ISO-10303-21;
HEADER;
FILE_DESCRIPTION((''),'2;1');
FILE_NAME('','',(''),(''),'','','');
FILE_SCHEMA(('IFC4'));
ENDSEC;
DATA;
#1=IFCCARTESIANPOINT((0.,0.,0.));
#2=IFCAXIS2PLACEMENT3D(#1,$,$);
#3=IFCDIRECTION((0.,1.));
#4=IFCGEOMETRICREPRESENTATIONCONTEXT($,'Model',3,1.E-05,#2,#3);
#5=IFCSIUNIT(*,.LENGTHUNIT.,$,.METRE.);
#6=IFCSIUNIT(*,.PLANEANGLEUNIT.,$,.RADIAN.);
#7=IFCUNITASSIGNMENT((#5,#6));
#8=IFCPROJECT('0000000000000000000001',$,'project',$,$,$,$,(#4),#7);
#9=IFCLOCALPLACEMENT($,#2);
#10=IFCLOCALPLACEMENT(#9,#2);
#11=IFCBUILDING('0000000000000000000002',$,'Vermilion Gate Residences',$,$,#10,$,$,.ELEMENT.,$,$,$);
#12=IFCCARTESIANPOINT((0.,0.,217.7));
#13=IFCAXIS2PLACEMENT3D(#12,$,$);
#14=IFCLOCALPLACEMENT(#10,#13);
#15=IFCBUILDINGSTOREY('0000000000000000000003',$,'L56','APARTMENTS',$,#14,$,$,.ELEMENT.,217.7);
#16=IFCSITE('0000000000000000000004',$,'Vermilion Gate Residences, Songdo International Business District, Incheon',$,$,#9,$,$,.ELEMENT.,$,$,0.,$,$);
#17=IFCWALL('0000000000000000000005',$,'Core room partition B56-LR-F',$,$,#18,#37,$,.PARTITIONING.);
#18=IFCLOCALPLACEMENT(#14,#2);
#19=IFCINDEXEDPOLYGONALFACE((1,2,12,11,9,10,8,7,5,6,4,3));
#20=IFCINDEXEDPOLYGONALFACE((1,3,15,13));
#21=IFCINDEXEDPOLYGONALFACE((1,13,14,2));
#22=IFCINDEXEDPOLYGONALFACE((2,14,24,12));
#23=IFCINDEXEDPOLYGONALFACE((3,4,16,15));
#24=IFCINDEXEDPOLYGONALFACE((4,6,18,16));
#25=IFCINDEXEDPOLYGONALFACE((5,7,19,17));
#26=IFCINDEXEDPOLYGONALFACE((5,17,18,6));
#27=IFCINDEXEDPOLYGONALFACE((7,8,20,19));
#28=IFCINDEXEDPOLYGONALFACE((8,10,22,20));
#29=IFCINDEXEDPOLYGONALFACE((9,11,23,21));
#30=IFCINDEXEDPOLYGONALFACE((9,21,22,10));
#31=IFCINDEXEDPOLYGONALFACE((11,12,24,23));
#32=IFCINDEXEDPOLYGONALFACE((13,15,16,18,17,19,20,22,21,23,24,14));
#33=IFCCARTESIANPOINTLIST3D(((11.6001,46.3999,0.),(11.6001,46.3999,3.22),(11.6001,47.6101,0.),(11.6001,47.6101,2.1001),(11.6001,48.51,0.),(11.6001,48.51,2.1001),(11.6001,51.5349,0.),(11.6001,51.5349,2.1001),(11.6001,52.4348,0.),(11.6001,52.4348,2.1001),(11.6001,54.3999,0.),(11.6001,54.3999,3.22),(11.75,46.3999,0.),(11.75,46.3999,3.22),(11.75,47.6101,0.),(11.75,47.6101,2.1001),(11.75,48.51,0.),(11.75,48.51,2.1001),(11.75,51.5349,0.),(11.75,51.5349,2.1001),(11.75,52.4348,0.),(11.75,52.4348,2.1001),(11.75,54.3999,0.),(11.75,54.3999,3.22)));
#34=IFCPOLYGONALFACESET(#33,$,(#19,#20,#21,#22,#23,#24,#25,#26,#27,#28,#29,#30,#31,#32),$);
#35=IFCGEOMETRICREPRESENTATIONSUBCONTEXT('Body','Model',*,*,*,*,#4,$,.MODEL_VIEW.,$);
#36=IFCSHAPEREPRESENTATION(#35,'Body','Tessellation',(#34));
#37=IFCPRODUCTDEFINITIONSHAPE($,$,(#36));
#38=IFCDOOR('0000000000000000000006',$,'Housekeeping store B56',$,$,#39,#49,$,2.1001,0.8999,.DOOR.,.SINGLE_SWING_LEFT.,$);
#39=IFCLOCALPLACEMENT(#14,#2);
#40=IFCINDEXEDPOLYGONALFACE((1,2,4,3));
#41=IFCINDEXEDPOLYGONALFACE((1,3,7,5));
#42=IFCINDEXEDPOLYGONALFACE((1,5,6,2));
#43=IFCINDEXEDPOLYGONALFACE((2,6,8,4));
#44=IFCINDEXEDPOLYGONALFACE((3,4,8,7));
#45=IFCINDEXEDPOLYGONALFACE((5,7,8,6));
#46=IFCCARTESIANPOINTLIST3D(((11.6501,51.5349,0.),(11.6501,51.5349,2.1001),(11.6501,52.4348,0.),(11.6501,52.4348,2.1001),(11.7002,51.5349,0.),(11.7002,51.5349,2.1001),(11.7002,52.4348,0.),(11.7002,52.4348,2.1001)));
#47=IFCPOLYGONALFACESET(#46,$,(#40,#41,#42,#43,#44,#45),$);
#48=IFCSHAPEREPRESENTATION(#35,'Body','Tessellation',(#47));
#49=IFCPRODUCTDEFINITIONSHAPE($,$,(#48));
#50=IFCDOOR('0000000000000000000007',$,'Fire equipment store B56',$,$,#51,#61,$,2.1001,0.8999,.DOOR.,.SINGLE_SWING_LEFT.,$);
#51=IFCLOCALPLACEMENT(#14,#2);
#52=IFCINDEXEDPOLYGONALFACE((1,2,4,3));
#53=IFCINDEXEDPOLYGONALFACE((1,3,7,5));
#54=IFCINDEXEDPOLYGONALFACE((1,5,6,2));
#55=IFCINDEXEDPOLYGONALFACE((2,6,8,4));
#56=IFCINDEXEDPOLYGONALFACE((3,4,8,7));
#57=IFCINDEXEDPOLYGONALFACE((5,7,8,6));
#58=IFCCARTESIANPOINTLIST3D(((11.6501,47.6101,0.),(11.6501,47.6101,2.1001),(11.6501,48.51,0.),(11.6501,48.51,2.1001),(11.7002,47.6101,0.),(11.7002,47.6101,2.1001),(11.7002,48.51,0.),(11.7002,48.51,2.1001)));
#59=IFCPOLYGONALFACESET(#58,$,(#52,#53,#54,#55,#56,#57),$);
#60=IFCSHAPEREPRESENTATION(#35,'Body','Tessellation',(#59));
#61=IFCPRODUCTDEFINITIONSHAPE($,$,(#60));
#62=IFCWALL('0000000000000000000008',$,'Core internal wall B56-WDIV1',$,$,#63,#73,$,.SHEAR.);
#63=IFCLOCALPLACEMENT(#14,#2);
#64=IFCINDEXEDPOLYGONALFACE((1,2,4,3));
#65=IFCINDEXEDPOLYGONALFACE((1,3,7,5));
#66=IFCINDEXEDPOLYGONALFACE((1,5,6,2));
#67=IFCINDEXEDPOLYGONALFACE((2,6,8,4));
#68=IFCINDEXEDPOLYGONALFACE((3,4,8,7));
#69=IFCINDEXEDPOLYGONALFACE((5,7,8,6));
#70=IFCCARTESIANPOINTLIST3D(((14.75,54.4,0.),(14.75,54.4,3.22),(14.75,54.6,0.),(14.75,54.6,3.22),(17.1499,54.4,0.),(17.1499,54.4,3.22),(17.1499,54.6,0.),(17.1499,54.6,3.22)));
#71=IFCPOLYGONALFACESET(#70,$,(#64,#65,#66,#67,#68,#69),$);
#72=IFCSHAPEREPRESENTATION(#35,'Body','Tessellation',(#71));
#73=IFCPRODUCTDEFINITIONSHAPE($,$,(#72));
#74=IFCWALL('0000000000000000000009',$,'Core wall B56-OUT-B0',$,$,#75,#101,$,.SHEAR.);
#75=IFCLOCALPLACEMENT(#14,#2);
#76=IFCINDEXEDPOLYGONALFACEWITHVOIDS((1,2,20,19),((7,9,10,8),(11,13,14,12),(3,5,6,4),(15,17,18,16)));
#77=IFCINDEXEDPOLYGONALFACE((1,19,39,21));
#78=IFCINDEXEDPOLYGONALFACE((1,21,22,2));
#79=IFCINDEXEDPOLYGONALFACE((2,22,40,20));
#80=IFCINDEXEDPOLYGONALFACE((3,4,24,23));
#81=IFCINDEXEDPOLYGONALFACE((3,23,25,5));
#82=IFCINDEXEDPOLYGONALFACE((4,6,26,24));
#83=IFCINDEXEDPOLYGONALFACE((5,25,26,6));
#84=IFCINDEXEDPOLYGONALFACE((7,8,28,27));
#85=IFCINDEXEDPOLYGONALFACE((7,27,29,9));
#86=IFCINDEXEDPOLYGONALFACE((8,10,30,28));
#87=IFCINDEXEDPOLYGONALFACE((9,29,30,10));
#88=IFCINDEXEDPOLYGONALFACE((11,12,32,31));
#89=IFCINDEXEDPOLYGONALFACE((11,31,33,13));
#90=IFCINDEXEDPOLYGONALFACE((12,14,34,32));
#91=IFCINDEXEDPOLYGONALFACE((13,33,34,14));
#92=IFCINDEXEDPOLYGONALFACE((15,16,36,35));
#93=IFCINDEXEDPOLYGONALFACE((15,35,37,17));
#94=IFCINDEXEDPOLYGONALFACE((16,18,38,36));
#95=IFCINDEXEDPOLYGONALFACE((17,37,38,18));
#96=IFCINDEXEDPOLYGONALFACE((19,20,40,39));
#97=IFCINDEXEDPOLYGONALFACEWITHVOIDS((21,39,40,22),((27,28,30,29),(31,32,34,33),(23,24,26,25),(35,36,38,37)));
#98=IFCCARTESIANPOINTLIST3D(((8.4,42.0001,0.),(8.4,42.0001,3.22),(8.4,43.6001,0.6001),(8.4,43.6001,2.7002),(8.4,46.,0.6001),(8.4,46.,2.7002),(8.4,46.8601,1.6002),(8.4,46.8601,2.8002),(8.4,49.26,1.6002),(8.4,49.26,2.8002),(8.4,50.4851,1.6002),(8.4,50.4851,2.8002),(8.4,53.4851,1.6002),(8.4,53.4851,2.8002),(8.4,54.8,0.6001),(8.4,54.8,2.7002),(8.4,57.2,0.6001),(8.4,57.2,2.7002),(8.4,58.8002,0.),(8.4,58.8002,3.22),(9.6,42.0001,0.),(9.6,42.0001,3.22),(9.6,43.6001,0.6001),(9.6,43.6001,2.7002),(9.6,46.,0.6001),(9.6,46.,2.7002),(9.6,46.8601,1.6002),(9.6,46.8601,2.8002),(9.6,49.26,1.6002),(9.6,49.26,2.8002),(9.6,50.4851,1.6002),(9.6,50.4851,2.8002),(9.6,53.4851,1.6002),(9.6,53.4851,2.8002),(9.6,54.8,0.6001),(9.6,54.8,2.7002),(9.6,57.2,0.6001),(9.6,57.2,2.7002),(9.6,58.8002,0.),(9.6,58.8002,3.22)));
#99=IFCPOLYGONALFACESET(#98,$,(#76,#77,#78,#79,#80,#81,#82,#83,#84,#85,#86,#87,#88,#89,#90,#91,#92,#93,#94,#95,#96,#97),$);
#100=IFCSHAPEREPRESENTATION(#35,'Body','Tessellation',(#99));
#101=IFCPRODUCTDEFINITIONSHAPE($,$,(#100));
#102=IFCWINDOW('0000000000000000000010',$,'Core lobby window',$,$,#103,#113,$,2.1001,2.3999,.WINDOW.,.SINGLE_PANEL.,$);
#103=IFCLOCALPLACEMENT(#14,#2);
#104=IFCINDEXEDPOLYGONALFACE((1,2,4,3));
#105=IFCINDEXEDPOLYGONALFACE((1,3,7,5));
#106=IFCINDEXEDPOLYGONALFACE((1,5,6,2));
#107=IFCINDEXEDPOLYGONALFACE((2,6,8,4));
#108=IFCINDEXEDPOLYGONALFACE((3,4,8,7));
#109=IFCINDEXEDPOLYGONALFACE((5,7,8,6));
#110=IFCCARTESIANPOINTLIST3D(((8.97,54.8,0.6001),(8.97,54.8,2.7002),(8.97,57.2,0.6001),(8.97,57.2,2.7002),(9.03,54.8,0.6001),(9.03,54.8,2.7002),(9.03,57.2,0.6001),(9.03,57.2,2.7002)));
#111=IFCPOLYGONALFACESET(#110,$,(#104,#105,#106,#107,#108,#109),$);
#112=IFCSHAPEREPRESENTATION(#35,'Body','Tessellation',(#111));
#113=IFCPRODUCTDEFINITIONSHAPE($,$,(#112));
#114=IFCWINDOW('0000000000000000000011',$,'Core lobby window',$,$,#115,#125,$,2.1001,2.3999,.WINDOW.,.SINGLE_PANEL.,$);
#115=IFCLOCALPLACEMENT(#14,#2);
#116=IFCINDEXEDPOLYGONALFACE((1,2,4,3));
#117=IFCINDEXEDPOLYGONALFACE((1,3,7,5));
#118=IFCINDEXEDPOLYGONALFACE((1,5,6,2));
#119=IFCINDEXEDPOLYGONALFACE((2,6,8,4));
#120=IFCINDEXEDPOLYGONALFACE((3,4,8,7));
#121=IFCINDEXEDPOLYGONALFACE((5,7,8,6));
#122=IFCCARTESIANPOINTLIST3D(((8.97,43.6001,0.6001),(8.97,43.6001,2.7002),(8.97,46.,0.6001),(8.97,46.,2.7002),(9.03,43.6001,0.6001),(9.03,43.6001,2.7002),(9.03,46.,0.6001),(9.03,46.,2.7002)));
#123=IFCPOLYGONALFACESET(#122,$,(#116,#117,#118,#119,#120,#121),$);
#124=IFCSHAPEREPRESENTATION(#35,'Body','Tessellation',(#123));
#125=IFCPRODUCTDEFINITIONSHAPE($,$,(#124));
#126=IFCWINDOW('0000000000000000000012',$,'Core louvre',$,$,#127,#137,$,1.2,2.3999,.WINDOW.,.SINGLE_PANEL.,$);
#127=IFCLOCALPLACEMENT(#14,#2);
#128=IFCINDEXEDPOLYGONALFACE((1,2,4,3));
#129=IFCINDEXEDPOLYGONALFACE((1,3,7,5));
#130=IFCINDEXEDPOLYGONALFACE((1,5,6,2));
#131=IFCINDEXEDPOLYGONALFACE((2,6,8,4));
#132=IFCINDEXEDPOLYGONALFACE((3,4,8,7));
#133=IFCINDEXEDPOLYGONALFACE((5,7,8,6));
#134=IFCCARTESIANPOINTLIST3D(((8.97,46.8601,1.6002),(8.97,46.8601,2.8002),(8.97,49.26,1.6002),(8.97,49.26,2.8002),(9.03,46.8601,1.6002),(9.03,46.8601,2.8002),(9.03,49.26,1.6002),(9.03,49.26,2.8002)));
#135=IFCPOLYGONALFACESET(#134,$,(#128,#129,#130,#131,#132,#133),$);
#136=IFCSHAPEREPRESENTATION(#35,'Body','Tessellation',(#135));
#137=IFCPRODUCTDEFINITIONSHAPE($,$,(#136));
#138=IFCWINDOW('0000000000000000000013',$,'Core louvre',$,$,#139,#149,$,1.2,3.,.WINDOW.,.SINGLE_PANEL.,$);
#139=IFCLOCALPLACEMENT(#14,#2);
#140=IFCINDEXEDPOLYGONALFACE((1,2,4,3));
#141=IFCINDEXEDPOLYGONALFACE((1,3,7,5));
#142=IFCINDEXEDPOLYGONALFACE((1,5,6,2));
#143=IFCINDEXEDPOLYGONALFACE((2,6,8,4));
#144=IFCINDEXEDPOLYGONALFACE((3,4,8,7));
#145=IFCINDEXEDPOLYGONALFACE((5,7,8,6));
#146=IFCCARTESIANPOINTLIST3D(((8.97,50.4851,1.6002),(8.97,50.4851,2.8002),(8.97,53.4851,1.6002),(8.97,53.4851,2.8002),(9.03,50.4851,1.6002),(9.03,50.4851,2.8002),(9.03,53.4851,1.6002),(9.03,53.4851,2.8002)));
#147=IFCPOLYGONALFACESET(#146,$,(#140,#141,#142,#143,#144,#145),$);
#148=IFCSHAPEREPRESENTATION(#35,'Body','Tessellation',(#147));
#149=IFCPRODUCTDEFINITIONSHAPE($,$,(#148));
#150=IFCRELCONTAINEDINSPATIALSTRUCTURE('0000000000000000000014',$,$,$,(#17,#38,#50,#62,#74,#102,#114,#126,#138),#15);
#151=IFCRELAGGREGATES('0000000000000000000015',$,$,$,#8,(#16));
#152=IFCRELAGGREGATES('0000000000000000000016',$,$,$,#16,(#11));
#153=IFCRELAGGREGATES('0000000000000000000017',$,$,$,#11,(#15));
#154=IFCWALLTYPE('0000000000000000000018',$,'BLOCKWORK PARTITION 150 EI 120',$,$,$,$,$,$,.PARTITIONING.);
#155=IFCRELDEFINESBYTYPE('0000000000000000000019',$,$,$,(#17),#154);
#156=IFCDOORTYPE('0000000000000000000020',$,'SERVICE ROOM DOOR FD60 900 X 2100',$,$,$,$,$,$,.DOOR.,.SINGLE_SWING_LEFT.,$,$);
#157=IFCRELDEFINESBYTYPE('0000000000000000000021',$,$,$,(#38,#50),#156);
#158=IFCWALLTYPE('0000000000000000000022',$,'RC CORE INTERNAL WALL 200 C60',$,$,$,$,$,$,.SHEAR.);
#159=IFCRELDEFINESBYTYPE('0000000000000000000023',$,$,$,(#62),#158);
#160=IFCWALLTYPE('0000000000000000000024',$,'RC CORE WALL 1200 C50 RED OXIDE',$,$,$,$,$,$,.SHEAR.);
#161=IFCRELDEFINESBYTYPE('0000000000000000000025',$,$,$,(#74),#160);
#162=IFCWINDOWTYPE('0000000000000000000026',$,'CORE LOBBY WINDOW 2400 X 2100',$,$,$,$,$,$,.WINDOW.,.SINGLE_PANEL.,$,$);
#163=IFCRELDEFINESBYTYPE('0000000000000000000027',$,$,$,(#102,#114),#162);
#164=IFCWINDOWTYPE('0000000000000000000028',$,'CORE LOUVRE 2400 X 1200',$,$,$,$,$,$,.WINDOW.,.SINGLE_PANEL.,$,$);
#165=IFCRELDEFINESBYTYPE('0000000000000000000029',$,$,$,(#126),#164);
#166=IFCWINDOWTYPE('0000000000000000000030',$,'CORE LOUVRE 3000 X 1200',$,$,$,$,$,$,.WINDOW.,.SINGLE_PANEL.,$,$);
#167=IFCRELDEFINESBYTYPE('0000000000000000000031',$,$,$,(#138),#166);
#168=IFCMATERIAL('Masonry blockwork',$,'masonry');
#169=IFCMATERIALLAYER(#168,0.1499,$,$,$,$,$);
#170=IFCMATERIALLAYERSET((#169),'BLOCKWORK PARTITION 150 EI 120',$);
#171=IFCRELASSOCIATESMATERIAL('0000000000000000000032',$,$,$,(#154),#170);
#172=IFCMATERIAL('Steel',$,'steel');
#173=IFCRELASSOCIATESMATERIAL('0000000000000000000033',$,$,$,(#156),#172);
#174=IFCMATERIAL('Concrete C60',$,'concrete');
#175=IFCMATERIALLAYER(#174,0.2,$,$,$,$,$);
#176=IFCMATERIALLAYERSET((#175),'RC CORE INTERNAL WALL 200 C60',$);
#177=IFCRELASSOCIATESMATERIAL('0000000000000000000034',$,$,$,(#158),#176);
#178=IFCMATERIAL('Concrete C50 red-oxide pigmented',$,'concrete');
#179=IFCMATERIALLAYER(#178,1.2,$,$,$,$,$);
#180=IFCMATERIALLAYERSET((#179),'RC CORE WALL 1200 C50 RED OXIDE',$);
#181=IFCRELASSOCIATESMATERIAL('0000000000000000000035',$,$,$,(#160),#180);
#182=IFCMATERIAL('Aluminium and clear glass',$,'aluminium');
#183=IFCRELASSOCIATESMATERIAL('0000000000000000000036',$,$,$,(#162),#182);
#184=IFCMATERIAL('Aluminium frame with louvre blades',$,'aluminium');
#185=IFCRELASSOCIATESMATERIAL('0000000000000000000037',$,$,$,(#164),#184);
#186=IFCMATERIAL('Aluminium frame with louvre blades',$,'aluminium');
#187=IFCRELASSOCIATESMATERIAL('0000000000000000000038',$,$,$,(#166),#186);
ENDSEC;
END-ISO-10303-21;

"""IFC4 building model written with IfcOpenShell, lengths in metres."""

from ifc_helpers import new_model, si_unit, direction, frame, frame_2d, origin, place, context, subcontext, project, spatial, rectangle, extrude, material, layer, layer_set, type_object, element, fill, save


model = new_model("IFC4")

# Units and contexts
model_context = context("Model", 3, precision=1e-05, world=origin(), true_north=direction((0.0, 1.0)))
body_context = subcontext(model_context, "Body", "Model", "MODEL_VIEW")
ifc_project = project(units=[si_unit("LENGTHUNIT", "METRE"), si_unit("PLANEANGLEUNIT", "RADIAN")], contexts=[model_context])

# Site, building, storey
site_placement = place(None, origin())
site = spatial("IfcSite", under=ifc_project, at=site_placement, Name="Vermilion Gate Residences, Songdo International Business District, Incheon", CompositionType="ELEMENT", RefElevation=0.0)
building_placement = place(site_placement, origin())
building = spatial("IfcBuilding", under=site, at=building_placement, Name="Vermilion Gate Residences", CompositionType="ELEMENT")
storey_placement = place(building_placement, frame((0.0, 0.0, 217.7)))
storey = spatial("IfcBuildingStorey", under=building, at=storey_placement, Name="L56", Description="APARTMENTS", CompositionType="ELEMENT", Elevation=217.7)

# Wall, openings, doors
ifc_material_1 = material(Name="Masonry blockwork", Category="masonry")
ifc_layer_1 = layer(ifc_material_1, 0.1499)
ifc_layer_set_1 = layer_set([ifc_layer_1], Name="BLOCKWORK PARTITION 150 EI 120")
wall_type_1 = type_object("IfcWallType", Name="BLOCKWORK PARTITION 150 EI 120", PredefinedType="PARTITIONING", material=ifc_layer_set_1)
wall_1_placement = place(storey_placement, frame((11.675, 54.3999, 0.0), z_axis=(0.0, 0.0, 1.0), x_axis=(0.0, -1.0, 0.0)))
wall_1 = element("IfcWall", 1, at=wall_1_placement, inside=storey, type_object=wall_type_1, Name="Core room partition B56-LR-F", PredefinedType="PARTITIONING", context=body_context, shape_type="SweptSolid", body=[
    extrude(rectangle(XDim=8.0, YDim=0.1499, at=frame_2d((4.0, 0.0))), origin(), (0.0, 0.0, 1.0), 3.22),
])
opening_1_placement = place(wall_1_placement, frame((1.9651, 0.0, 0.0)))
opening_1 = element("IfcOpeningElement", 2, at=opening_1_placement, cuts=wall_1, PredefinedType="OPENING", context=body_context, shape_type="SweptSolid", body=[
    extrude(rectangle(XDim=0.8999, YDim=2.1001, at=frame_2d((0.45, 1.05))), frame((0.0, 0.085, 0.0), z_axis=(0.0, -1.0, 0.0), x_axis=(1.0, 0.0, 0.0)), (0.0, 0.0, 1.0), 0.1699),
])
opening_2_placement = place(wall_1_placement, frame((5.8899, 0.0, 0.0)))
opening_2 = element("IfcOpeningElement", 3, at=opening_2_placement, cuts=wall_1, PredefinedType="OPENING", context=body_context, shape_type="SweptSolid", body=[
    extrude(rectangle(XDim=0.8999, YDim=2.1001, at=frame_2d((0.45, 1.05))), frame((0.0, 0.085, 0.0), z_axis=(0.0, -1.0, 0.0), x_axis=(1.0, 0.0, 0.0)), (0.0, 0.0, 1.0), 0.1699),
])
ifc_material_2 = material(Name="Steel", Category="steel")
door_type = type_object("IfcDoorType", Name="SERVICE ROOM DOOR FD60 900 X 2100", OperationType="SINGLE_SWING_LEFT", PredefinedType="DOOR", material=ifc_material_2)
door_1_placement = place(opening_1_placement, frame((0.8999, 0.0, 0.0), z_axis=(0.0, 0.0, 1.0), x_axis=(-1.0, 0.0, 0.0)))
door_1 = element("IfcDoor", 4, at=door_1_placement, inside=storey, type_object=door_type, Name="Housekeeping store B56", OperationType="SINGLE_SWING_LEFT", OverallHeight=2.1001, OverallWidth=0.8999, PredefinedType="DOOR", context=body_context, shape_type="SweptSolid", body=[
    extrude(rectangle(XDim=0.8999, YDim=2.1001, at=frame_2d((0.45, 1.05))), frame((0.0, 0.0249, 0.0), z_axis=(0.0, -1.0, 0.0), x_axis=(1.0, 0.0, 0.0)), (0.0, 0.0, 1.0), 0.05),
])
fill(opening_1, door_1)
door_2_placement = place(opening_2_placement, frame((0.8999, 0.0, 0.0), z_axis=(0.0, 0.0, 1.0), x_axis=(-1.0, 0.0, 0.0)))
door_2 = element("IfcDoor", 5, at=door_2_placement, inside=storey, type_object=door_type, Name="Fire equipment store B56", OperationType="SINGLE_SWING_LEFT", OverallHeight=2.1001, OverallWidth=0.8999, PredefinedType="DOOR", context=body_context, shape_type="SweptSolid", body=[
    extrude(rectangle(XDim=0.8999, YDim=2.1001, at=frame_2d((0.45, 1.05))), frame((0.0, 0.0249, 0.0), z_axis=(0.0, -1.0, 0.0), x_axis=(1.0, 0.0, 0.0)), (0.0, 0.0, 1.0), 0.05),
])
fill(opening_2, door_2)

# Wall
ifc_material_3 = material(Name="Concrete C60", Category="concrete")
ifc_layer_2 = layer(ifc_material_3, 0.2)
ifc_layer_set_2 = layer_set([ifc_layer_2], Name="RC CORE INTERNAL WALL 200 C60")
wall_type_2 = type_object("IfcWallType", Name="RC CORE INTERNAL WALL 200 C60", PredefinedType="SHEAR", material=ifc_layer_set_2)
wall_2_placement = place(storey_placement, frame((14.75, 54.5, 0.0), z_axis=(0.0, 0.0, 1.0), x_axis=(1.0, 0.0, 0.0)))
element("IfcWall", 6, at=wall_2_placement, inside=storey, type_object=wall_type_2, Name="Core internal wall B56-WDIV1", PredefinedType="SHEAR", context=body_context, shape_type="SweptSolid", body=[
    extrude(rectangle(XDim=2.3999, YDim=0.2, at=frame_2d((1.2, 0.0))), origin(), (0.0, 0.0, 1.0), 3.22),
])

# Wall, openings, windows
ifc_material_4 = material(Name="Concrete C50 red-oxide pigmented", Category="concrete")
ifc_layer_3 = layer(ifc_material_4, 1.2)
ifc_layer_set_3 = layer_set([ifc_layer_3], Name="RC CORE WALL 1200 C50 RED OXIDE")
wall_type_3 = type_object("IfcWallType", Name="RC CORE WALL 1200 C50 RED OXIDE", PredefinedType="SHEAR", material=ifc_layer_set_3)
wall_3_placement = place(storey_placement, frame((9.0, 58.8, 0.0), z_axis=(0.0, 0.0, 1.0), x_axis=(0.0, -1.0, 0.0)))
wall_3 = element("IfcWall", 7, at=wall_3_placement, inside=storey, type_object=wall_type_3, Name="Core wall B56-OUT-B0", PredefinedType="SHEAR", context=body_context, shape_type="SweptSolid", body=[
    extrude(rectangle(XDim=16.8, YDim=1.2, at=frame_2d((8.3999, 0.0))), origin(), (0.0, 0.0, 1.0), 3.22),
])
opening_3_placement = place(wall_3_placement, frame((1.6001, 0.0, 0.6001)))
opening_3 = element("IfcOpeningElement", 8, at=opening_3_placement, cuts=wall_3, PredefinedType="OPENING", context=body_context, shape_type="SweptSolid", body=[
    extrude(rectangle(XDim=2.3999, YDim=2.1001, at=frame_2d((1.2, 1.05))), frame((0.0, 0.6099, 0.0), z_axis=(0.0, -1.0, 0.0), x_axis=(1.0, 0.0, 0.0)), (0.0, 0.0, 1.0), 1.22),
])
opening_4_placement = place(wall_3_placement, frame((5.3149, 0.0, 1.6001)))
opening_4 = element("IfcOpeningElement", 9, at=opening_4_placement, cuts=wall_3, PredefinedType="OPENING", context=body_context, shape_type="SweptSolid", body=[
    extrude(rectangle(XDim=3.0, YDim=1.2, at=frame_2d((1.5, 0.6001))), frame((0.0, 0.6099, 0.0), z_axis=(0.0, -1.0, 0.0), x_axis=(1.0, 0.0, 0.0)), (0.0, 0.0, 1.0), 1.22),
])
opening_5_placement = place(wall_3_placement, frame((9.54, 0.0, 1.6001)))
opening_5 = element("IfcOpeningElement", 10, at=opening_5_placement, cuts=wall_3, PredefinedType="OPENING", context=body_context, shape_type="SweptSolid", body=[
    extrude(rectangle(XDim=2.3999, YDim=1.2, at=frame_2d((1.2, 0.6001))), frame((0.0, 0.6099, 0.0), z_axis=(0.0, -1.0, 0.0), x_axis=(1.0, 0.0, 0.0)), (0.0, 0.0, 1.0), 1.22),
])
opening_6_placement = place(wall_3_placement, frame((12.8, 0.0, 0.6001)))
opening_6 = element("IfcOpeningElement", 11, at=opening_6_placement, cuts=wall_3, PredefinedType="OPENING", context=body_context, shape_type="SweptSolid", body=[
    extrude(rectangle(XDim=2.3999, YDim=2.1001, at=frame_2d((1.2, 1.05))), frame((0.0, 0.6099, 0.0), z_axis=(0.0, -1.0, 0.0), x_axis=(1.0, 0.0, 0.0)), (0.0, 0.0, 1.0), 1.22),
])
ifc_material_5 = material(Name="Aluminium and clear glass", Category="aluminium")
window_type_1 = type_object("IfcWindowType", Name="CORE LOBBY WINDOW 2400 X 2100", PartitioningType="SINGLE_PANEL", PredefinedType="WINDOW", material=ifc_material_5)
window_1_placement = place(opening_3_placement, origin())
window_1 = element("IfcWindow", 12, at=window_1_placement, inside=storey, type_object=window_type_1, Name="Core lobby window", OverallHeight=2.1001, OverallWidth=2.3999, PartitioningType="SINGLE_PANEL", PredefinedType="WINDOW", context=body_context, shape_type="SweptSolid", body=[
    extrude(rectangle(XDim=2.3999, YDim=2.1001, at=frame_2d((1.2, 1.05))), frame((0.0, 0.03, 0.0), z_axis=(0.0, -1.0, 0.0), x_axis=(1.0, 0.0, 0.0)), (0.0, 0.0, 1.0), 0.0601),
])
fill(opening_3, window_1)
window_2_placement = place(opening_6_placement, origin())
window_2 = element("IfcWindow", 13, at=window_2_placement, inside=storey, type_object=window_type_1, Name="Core lobby window", OverallHeight=2.1001, OverallWidth=2.3999, PartitioningType="SINGLE_PANEL", PredefinedType="WINDOW", context=body_context, shape_type="SweptSolid", body=[
    extrude(rectangle(XDim=2.3999, YDim=2.1001, at=frame_2d((1.2, 1.05))), frame((0.0, 0.03, 0.0), z_axis=(0.0, -1.0, 0.0), x_axis=(1.0, 0.0, 0.0)), (0.0, 0.0, 1.0), 0.0601),
])
fill(opening_6, window_2)
ifc_material_6 = material(Name="Aluminium frame with louvre blades", Category="aluminium")
window_type_2 = type_object("IfcWindowType", Name="CORE LOUVRE 2400 X 1200", PartitioningType="SINGLE_PANEL", PredefinedType="WINDOW", material=ifc_material_6)
window_3_placement = place(opening_5_placement, origin())
window_3 = element("IfcWindow", 14, at=window_3_placement, inside=storey, type_object=window_type_2, Name="Core louvre", OverallHeight=1.2, OverallWidth=2.3999, PartitioningType="SINGLE_PANEL", PredefinedType="WINDOW", context=body_context, shape_type="SweptSolid", body=[
    extrude(rectangle(XDim=2.3999, YDim=1.2, at=frame_2d((1.2, 0.6001))), frame((0.0, 0.03, 0.0), z_axis=(0.0, -1.0, 0.0), x_axis=(1.0, 0.0, 0.0)), (0.0, 0.0, 1.0), 0.0601),
])
fill(opening_5, window_3)
ifc_material_7 = material(Name="Aluminium frame with louvre blades", Category="aluminium")
window_type_3 = type_object("IfcWindowType", Name="CORE LOUVRE 3000 X 1200", PartitioningType="SINGLE_PANEL", PredefinedType="WINDOW", material=ifc_material_7)
window_4_placement = place(opening_4_placement, origin())
window_4 = element("IfcWindow", 15, at=window_4_placement, inside=storey, type_object=window_type_3, Name="Core louvre", OverallHeight=1.2, OverallWidth=3.0, PartitioningType="SINGLE_PANEL", PredefinedType="WINDOW", context=body_context, shape_type="SweptSolid", body=[
    extrude(rectangle(XDim=3.0, YDim=1.2, at=frame_2d((1.5, 0.6001))), frame((0.0, 0.03, 0.0), z_axis=(0.0, -1.0, 0.0), x_axis=(1.0, 0.0, 0.0)), (0.0, 0.0, 1.0), 0.0601),
])
fill(opening_4, window_4)

save(model, "model.ifc")
